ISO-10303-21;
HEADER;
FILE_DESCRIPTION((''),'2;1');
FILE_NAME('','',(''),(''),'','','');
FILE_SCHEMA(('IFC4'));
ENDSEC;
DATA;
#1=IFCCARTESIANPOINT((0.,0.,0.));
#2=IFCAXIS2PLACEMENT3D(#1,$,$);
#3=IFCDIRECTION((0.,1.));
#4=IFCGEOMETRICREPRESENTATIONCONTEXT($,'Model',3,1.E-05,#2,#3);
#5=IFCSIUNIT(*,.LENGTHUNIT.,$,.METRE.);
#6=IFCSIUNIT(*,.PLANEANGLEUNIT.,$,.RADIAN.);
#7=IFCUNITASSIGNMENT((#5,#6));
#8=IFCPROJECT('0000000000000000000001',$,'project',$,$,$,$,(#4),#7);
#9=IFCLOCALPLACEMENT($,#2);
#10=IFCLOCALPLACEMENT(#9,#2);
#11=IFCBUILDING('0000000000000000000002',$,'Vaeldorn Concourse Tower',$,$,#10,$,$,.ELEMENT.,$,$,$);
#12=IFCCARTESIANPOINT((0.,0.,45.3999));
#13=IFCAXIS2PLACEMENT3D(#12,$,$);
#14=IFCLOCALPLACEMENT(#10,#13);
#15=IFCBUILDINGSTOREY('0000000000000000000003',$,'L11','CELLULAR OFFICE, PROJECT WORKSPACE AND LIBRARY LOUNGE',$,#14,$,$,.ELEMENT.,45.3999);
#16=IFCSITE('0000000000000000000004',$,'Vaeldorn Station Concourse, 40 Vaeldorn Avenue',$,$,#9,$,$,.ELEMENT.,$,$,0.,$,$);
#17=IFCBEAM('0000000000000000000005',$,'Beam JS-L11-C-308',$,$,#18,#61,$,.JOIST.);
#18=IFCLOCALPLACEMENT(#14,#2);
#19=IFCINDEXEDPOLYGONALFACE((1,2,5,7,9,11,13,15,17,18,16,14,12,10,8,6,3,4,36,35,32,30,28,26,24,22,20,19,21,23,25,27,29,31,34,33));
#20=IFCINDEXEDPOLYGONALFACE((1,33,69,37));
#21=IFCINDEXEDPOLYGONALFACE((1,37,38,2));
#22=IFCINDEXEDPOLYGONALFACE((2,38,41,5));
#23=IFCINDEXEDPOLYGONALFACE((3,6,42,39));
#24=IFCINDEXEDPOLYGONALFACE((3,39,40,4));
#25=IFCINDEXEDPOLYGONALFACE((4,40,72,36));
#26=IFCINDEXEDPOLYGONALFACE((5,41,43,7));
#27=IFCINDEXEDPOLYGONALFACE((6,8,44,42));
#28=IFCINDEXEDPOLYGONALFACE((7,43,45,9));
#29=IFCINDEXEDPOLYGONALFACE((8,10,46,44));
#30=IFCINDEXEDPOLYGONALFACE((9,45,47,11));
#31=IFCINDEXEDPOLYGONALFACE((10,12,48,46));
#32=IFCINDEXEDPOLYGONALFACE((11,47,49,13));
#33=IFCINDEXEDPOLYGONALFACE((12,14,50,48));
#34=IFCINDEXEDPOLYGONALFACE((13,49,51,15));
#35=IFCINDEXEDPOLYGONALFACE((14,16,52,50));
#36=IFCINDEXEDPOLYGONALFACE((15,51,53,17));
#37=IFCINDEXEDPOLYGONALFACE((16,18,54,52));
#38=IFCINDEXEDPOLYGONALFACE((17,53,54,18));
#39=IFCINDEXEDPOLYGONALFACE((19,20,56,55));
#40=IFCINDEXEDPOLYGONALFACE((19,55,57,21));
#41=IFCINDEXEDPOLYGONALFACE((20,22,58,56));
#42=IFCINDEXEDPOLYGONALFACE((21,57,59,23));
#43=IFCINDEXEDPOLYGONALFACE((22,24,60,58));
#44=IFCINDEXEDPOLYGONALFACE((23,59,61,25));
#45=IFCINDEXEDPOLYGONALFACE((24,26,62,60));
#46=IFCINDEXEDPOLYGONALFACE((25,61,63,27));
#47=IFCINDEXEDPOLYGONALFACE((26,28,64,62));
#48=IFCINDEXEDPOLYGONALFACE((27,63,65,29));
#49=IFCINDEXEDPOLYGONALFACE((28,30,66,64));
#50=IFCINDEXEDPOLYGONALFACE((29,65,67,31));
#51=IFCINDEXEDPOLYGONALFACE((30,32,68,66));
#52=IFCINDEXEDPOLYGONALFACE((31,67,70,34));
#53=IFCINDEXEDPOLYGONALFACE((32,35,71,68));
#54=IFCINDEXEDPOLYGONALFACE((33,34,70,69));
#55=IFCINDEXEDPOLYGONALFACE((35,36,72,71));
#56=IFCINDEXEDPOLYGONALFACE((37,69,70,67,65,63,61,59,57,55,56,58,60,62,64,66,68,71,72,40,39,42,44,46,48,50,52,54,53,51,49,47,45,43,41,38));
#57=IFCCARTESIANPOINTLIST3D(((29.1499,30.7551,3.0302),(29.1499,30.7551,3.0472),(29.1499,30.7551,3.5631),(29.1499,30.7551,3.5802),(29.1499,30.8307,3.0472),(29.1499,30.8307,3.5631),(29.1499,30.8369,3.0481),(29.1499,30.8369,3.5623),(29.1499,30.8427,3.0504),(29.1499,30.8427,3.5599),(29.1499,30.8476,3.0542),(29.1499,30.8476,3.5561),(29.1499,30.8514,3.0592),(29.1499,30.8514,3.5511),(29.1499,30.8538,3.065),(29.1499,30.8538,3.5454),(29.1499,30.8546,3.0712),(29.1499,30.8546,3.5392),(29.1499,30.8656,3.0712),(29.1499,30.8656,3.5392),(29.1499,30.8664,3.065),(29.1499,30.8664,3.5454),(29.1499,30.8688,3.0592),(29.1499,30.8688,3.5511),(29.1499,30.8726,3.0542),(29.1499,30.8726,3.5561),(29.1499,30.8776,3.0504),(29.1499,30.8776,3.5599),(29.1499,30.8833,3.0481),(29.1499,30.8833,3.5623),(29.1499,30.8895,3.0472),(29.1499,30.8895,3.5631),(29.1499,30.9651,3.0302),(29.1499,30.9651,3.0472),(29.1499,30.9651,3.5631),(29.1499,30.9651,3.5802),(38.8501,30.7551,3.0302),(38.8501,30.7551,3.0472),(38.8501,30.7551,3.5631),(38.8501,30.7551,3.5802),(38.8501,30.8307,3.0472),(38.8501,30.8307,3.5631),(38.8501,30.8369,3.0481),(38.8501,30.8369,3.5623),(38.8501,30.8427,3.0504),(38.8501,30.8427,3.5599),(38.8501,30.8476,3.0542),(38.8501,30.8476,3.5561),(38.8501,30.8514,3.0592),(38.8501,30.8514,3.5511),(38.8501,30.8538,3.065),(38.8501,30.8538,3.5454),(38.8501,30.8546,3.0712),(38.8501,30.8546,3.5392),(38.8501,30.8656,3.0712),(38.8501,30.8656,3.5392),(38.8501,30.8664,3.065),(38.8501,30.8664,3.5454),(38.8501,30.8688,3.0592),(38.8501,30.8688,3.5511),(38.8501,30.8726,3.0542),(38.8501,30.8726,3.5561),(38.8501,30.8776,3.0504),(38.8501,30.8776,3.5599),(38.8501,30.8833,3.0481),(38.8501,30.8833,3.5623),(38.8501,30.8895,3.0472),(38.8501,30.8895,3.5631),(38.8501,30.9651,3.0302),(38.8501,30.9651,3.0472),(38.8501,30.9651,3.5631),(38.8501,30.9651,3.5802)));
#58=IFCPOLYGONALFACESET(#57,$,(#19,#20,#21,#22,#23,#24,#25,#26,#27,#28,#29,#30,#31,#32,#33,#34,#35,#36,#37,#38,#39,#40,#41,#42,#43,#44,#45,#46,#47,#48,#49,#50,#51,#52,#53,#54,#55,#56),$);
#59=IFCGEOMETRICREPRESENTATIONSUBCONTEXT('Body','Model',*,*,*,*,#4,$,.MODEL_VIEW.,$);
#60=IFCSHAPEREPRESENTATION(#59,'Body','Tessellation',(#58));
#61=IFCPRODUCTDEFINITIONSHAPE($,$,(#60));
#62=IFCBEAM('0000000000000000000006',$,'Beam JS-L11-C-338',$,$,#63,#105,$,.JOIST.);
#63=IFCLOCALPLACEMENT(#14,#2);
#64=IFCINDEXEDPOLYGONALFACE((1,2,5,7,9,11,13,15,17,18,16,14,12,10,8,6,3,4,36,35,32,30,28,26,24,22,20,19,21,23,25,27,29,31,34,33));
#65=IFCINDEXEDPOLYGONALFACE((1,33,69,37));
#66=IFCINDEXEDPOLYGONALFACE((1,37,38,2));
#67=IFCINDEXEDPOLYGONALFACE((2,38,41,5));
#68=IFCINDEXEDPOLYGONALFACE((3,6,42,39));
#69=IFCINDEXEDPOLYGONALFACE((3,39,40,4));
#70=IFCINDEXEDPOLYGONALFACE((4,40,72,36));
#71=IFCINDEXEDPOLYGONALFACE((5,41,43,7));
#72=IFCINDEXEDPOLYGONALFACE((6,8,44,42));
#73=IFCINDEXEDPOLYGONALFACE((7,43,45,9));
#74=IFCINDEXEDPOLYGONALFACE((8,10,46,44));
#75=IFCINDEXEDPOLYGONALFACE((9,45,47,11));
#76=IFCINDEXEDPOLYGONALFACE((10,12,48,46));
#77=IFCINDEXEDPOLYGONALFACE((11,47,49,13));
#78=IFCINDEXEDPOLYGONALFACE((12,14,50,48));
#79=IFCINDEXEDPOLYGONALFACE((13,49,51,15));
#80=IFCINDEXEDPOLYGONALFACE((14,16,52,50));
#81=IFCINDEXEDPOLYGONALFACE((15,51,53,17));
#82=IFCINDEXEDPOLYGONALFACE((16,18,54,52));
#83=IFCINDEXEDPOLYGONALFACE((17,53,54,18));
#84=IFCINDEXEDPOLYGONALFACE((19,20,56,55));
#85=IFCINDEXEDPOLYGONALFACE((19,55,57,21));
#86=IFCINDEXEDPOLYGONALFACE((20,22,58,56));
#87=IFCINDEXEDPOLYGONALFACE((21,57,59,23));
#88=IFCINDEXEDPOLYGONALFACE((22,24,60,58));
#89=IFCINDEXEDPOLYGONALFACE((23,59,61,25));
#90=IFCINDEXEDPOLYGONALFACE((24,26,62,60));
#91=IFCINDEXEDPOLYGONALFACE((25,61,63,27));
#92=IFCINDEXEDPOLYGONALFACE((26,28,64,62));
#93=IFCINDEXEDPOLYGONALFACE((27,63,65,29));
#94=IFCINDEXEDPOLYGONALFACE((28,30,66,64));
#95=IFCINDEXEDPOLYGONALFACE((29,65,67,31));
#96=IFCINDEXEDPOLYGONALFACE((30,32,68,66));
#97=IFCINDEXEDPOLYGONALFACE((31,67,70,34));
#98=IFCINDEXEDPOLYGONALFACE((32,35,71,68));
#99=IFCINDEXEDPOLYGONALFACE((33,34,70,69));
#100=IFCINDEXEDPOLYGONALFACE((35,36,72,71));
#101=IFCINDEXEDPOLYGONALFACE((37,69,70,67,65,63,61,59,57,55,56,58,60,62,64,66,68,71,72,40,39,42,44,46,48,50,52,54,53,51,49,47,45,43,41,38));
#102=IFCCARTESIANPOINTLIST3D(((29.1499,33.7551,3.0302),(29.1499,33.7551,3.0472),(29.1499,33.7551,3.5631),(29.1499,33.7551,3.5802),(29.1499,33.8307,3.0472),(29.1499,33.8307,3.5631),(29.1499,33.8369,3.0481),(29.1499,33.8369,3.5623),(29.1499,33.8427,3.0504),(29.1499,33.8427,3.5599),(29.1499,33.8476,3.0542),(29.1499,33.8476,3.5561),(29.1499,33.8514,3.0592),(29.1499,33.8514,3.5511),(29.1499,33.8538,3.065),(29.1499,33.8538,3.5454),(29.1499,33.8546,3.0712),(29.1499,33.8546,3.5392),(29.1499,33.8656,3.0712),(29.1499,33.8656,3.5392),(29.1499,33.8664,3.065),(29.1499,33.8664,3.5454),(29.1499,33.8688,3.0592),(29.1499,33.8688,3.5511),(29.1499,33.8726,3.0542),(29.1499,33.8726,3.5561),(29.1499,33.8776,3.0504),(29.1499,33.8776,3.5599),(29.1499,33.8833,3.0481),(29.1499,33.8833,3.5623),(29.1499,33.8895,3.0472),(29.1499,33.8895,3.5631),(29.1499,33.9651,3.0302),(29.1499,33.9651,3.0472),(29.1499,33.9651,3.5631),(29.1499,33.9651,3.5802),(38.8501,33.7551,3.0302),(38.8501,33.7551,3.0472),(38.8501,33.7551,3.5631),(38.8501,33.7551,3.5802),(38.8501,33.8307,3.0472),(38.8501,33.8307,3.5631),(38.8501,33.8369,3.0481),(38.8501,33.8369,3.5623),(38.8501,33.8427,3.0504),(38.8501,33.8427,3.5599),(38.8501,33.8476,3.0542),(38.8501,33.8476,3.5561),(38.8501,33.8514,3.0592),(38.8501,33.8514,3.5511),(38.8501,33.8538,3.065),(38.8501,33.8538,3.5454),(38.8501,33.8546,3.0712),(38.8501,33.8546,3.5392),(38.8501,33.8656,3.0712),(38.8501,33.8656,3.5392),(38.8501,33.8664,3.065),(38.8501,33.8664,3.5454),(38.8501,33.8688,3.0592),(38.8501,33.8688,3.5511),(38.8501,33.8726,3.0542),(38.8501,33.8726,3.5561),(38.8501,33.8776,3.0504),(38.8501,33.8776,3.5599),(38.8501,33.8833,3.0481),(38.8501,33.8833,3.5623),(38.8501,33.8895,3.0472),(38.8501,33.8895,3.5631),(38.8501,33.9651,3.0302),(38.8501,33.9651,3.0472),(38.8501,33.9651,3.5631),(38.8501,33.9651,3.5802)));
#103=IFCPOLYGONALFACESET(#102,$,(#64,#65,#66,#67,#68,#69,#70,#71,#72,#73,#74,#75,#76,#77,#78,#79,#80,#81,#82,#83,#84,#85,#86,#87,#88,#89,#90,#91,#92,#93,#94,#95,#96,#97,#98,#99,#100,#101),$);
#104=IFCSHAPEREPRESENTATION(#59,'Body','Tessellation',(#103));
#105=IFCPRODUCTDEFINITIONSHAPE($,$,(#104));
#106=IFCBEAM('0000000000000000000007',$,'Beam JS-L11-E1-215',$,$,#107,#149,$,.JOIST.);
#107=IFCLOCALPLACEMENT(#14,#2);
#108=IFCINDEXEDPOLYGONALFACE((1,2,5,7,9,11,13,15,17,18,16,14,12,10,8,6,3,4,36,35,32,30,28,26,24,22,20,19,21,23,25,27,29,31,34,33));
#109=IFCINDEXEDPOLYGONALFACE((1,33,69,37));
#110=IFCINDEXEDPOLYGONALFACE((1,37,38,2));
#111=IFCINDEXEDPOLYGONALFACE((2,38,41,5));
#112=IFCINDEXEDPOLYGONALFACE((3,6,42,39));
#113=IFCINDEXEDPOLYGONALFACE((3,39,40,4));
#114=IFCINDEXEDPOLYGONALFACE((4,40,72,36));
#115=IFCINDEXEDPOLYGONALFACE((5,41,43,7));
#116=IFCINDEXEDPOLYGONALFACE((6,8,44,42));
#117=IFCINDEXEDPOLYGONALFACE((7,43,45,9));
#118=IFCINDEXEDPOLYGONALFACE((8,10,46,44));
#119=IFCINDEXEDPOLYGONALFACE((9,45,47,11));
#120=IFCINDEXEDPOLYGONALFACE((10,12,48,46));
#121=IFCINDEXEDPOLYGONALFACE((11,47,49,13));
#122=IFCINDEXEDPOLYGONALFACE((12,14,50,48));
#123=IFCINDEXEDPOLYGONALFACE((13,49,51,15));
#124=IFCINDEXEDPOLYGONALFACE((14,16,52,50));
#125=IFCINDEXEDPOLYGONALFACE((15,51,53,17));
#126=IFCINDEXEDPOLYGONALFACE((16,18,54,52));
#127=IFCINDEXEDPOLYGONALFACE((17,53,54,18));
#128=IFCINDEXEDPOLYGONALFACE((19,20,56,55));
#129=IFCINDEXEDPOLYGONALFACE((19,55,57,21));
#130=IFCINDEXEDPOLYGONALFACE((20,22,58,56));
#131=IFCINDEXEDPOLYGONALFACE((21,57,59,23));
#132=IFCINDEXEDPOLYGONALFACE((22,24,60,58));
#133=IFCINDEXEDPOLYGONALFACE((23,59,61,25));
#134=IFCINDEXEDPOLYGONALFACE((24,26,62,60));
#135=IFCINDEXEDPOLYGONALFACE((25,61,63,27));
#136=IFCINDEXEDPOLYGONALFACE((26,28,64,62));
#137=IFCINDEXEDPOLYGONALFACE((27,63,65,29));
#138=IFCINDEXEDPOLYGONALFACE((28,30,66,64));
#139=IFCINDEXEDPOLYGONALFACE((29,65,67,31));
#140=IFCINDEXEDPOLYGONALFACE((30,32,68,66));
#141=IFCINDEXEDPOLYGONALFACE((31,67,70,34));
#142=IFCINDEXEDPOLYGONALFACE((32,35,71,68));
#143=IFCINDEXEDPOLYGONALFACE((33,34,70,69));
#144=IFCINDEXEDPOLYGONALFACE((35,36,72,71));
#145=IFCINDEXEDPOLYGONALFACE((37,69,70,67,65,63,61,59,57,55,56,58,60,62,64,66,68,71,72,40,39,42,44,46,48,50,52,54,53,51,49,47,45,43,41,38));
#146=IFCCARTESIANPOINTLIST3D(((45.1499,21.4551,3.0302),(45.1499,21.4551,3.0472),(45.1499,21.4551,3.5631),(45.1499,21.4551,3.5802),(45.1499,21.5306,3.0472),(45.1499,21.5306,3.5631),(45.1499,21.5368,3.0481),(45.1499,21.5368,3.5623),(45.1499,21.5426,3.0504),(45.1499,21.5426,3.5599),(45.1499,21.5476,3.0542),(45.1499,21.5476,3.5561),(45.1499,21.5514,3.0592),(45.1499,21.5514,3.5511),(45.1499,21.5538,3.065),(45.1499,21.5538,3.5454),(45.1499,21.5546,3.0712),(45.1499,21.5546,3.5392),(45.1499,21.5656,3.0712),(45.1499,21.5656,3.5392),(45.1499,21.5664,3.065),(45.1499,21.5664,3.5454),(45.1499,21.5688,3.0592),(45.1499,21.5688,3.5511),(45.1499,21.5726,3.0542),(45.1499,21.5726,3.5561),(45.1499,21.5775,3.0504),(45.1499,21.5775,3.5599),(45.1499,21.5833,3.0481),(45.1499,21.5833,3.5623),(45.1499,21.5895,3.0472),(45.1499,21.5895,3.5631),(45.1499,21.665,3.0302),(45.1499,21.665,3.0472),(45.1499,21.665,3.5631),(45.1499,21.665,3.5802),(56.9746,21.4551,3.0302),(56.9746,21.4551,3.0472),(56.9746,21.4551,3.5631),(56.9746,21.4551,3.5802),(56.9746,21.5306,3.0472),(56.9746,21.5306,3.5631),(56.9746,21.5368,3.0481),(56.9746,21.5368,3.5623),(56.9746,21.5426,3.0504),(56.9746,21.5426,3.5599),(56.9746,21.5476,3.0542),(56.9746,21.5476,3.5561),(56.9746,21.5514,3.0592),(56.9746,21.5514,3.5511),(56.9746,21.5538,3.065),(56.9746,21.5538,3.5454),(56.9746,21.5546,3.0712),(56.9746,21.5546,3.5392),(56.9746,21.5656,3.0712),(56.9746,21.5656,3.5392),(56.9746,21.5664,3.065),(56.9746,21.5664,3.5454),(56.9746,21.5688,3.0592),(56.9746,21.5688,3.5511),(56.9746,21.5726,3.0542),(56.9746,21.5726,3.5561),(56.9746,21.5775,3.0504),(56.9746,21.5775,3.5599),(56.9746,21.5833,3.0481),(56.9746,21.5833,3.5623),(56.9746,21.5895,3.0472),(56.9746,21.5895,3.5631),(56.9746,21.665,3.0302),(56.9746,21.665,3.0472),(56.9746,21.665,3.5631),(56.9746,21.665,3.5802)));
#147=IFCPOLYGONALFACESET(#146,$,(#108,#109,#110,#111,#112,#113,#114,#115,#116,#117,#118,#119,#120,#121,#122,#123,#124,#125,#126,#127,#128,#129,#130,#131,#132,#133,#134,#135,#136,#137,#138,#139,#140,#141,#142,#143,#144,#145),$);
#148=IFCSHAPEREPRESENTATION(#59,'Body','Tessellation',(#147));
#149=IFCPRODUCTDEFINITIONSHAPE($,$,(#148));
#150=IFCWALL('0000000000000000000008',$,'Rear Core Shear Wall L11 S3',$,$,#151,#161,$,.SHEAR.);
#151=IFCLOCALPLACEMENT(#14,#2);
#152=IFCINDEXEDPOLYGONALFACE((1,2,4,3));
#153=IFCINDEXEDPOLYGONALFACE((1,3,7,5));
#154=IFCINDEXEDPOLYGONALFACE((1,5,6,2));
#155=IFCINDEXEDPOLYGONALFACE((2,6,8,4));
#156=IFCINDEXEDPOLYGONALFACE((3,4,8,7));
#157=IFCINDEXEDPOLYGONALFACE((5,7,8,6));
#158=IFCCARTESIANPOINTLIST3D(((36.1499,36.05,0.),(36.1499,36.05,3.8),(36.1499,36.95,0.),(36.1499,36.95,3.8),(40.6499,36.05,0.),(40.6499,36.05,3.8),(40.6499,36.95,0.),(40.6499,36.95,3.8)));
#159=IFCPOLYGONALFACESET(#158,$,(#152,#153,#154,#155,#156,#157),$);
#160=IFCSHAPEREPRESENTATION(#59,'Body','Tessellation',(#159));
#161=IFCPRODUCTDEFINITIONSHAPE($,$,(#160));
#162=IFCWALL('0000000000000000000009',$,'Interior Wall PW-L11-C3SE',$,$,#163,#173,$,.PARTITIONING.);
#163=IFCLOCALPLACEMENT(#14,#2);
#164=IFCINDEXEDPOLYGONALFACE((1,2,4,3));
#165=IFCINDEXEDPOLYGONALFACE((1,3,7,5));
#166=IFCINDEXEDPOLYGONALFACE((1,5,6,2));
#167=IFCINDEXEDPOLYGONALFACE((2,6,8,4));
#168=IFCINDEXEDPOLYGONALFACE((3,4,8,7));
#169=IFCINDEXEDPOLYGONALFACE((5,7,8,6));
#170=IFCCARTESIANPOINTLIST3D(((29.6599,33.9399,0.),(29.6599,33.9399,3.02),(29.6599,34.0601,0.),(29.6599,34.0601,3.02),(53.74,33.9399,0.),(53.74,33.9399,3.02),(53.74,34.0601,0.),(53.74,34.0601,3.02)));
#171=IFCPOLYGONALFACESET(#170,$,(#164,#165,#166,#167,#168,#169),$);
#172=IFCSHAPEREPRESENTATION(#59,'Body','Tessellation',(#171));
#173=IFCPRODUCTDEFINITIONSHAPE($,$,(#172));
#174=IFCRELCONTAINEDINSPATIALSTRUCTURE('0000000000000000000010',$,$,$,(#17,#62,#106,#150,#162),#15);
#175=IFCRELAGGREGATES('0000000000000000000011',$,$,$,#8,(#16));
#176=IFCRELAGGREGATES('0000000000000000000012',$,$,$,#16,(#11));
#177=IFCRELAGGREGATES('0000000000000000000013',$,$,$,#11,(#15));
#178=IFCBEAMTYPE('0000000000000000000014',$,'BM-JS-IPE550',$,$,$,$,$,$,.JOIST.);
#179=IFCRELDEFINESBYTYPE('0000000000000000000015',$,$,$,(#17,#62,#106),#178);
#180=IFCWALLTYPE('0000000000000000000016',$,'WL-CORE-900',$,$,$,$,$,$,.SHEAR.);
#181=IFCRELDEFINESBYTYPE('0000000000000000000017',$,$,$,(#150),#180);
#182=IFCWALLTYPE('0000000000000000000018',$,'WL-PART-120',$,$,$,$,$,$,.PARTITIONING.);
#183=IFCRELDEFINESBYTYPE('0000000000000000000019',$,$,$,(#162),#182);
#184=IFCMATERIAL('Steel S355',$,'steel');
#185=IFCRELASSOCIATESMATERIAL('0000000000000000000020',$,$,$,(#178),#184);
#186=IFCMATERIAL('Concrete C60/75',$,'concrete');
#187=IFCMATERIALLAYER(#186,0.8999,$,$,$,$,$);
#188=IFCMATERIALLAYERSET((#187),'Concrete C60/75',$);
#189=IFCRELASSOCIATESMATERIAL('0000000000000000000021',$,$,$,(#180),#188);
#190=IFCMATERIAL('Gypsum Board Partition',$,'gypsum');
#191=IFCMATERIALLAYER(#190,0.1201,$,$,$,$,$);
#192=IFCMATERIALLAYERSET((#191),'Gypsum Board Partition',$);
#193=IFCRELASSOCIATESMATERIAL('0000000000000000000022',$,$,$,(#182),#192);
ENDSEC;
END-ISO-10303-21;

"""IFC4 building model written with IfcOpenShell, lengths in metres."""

from ifc_helpers import new_model, si_unit, direction, frame, frame_2d, origin, origin_2d, place, context, subcontext, project, spatial, rectangle, i_section, extrude, source, transform, mapped, material, layer, layer_set, material_profile, profile_set, type_object, element, save


model = new_model("IFC4")

# Units and contexts
model_context = context("Model", 3, precision=1e-05, world=origin(), true_north=direction((0.0, 1.0)))
body_context = subcontext(model_context, "Body", "Model", "MODEL_VIEW")
ifc_project = project(units=[si_unit("LENGTHUNIT", "METRE"), si_unit("PLANEANGLEUNIT", "RADIAN")], contexts=[model_context])

# Site, building, storey
site_placement = place(None, origin())
site = spatial("IfcSite", under=ifc_project, at=site_placement, Name="Vaeldorn Station Concourse, 40 Vaeldorn Avenue", CompositionType="ELEMENT", RefElevation=0.0)
building_placement = place(site_placement, origin())
building = spatial("IfcBuilding", under=site, at=building_placement, Name="Vaeldorn Concourse Tower", CompositionType="ELEMENT")
storey_placement = place(building_placement, frame((0.0, 0.0, 45.3999)))
storey = spatial("IfcBuildingStorey", under=building, at=storey_placement, Name="L11", Description="CELLULAR OFFICE, PROJECT WORKSPACE AND LIBRARY LOUNGE", CompositionType="ELEMENT", Elevation=45.3999)

# Beams
ifc_material_1 = material(Name="Steel S355", Category="steel")
ifc_material_profile_1 = material_profile(ifc_material_1, i_section(OverallWidth=0.21, OverallDepth=0.55, WebThickness=0.011, FlangeThickness=0.0171, FilletRadius=0.0239, at=origin_2d()), Name="IPE 550")
ifc_profile_set_1 = profile_set([ifc_material_profile_1], Name="Steel S355")
beam_type_1 = type_object("IfcBeamType", Name="BM-JS-IPE550", PredefinedType="JOIST", material=ifc_profile_set_1)
shared_shape_1 = source(origin(), body_context, "Body", "SweptSolid", [
    extrude(i_section(OverallWidth=0.21, OverallDepth=0.55, WebThickness=0.011, FlangeThickness=0.0171, FilletRadius=0.0239, at=origin_2d()), origin(), (0.0, 0.0, 1.0), 9.7002),
])
for number, where, z_axis, x_axis, name in (
    (1, (29.1499, 30.8601, 3.3052), (1.0, 0.0, 0.0), (0.0, 1.0, 0.0), "Beam JS-L11-C-308"),
    (2, (29.1499, 33.8601, 3.3052), (1.0, 0.0, 0.0), (0.0, 1.0, 0.0), "Beam JS-L11-C-338"),
):
    element("IfcBeam", number, at=place(storey_placement, frame(where, z_axis=z_axis, x_axis=x_axis)), inside=storey, type_object=beam_type_1, Name=name, PredefinedType="JOIST", context=body_context, shape_type="MappedRepresentation", body=[
        mapped(shared_shape_1, transform((0.0, 0.0, 0.0), scale=1.0)),
    ])
shared_shape_2 = source(origin(), body_context, "Body", "SweptSolid", [
    extrude(i_section(OverallWidth=0.21, OverallDepth=0.55, WebThickness=0.011, FlangeThickness=0.0171, FilletRadius=0.0239, at=origin_2d()), origin(), (0.0, 0.0, 1.0), 11.8247),
])
beam_1_placement = place(storey_placement, frame((45.1499, 21.5601, 3.3052), z_axis=(1.0, 0.0, 0.0), x_axis=(0.0, 1.0, 0.0)))
element("IfcBeam", 3, at=beam_1_placement, inside=storey, type_object=beam_type_1, Name="Beam JS-L11-E1-215", PredefinedType="JOIST", context=body_context, shape_type="MappedRepresentation", body=[
    mapped(shared_shape_2, transform((0.0, 0.0, 0.0), scale=1.0)),
])

# Walls
ifc_material_2 = material(Name="Concrete C60/75", Category="concrete")
ifc_layer_1 = layer(ifc_material_2, 0.8999)
ifc_layer_set_1 = layer_set([ifc_layer_1], Name="Concrete C60/75")
wall_type_1 = type_object("IfcWallType", Name="WL-CORE-900", PredefinedType="SHEAR", material=ifc_layer_set_1)
wall_1_placement = place(storey_placement, frame((36.1499, 36.5, 0.0), z_axis=(0.0, 0.0, 1.0), x_axis=(1.0, 0.0, 0.0)))
element("IfcWall", 4, at=wall_1_placement, inside=storey, type_object=wall_type_1, Name="Rear Core Shear Wall L11 S3", PredefinedType="SHEAR", context=body_context, shape_type="SweptSolid", body=[
    extrude(rectangle(XDim=4.5, YDim=0.8999, at=frame_2d((2.25, 0.0))), origin(), (0.0, 0.0, 1.0), 3.8),
])
ifc_material_3 = material(Name="Gypsum Board Partition", Category="gypsum")
ifc_layer_2 = layer(ifc_material_3, 0.1201)
ifc_layer_set_2 = layer_set([ifc_layer_2], Name="Gypsum Board Partition")
wall_type_2 = type_object("IfcWallType", Name="WL-PART-120", PredefinedType="PARTITIONING", material=ifc_layer_set_2)
wall_2_placement = place(storey_placement, frame((29.6599, 34.0, 0.0), z_axis=(0.0, 0.0, 1.0), x_axis=(1.0, 0.0, 0.0)))
element("IfcWall", 5, at=wall_2_placement, inside=storey, type_object=wall_type_2, Name="Interior Wall PW-L11-C3SE", PredefinedType="PARTITIONING", context=body_context, shape_type="SweptSolid", body=[
    extrude(rectangle(XDim=24.0801, YDim=0.1201, at=frame_2d((12.04, 0.0))), origin(), (0.0, 0.0, 1.0), 3.02),
])

save(model, "model.ifc")
